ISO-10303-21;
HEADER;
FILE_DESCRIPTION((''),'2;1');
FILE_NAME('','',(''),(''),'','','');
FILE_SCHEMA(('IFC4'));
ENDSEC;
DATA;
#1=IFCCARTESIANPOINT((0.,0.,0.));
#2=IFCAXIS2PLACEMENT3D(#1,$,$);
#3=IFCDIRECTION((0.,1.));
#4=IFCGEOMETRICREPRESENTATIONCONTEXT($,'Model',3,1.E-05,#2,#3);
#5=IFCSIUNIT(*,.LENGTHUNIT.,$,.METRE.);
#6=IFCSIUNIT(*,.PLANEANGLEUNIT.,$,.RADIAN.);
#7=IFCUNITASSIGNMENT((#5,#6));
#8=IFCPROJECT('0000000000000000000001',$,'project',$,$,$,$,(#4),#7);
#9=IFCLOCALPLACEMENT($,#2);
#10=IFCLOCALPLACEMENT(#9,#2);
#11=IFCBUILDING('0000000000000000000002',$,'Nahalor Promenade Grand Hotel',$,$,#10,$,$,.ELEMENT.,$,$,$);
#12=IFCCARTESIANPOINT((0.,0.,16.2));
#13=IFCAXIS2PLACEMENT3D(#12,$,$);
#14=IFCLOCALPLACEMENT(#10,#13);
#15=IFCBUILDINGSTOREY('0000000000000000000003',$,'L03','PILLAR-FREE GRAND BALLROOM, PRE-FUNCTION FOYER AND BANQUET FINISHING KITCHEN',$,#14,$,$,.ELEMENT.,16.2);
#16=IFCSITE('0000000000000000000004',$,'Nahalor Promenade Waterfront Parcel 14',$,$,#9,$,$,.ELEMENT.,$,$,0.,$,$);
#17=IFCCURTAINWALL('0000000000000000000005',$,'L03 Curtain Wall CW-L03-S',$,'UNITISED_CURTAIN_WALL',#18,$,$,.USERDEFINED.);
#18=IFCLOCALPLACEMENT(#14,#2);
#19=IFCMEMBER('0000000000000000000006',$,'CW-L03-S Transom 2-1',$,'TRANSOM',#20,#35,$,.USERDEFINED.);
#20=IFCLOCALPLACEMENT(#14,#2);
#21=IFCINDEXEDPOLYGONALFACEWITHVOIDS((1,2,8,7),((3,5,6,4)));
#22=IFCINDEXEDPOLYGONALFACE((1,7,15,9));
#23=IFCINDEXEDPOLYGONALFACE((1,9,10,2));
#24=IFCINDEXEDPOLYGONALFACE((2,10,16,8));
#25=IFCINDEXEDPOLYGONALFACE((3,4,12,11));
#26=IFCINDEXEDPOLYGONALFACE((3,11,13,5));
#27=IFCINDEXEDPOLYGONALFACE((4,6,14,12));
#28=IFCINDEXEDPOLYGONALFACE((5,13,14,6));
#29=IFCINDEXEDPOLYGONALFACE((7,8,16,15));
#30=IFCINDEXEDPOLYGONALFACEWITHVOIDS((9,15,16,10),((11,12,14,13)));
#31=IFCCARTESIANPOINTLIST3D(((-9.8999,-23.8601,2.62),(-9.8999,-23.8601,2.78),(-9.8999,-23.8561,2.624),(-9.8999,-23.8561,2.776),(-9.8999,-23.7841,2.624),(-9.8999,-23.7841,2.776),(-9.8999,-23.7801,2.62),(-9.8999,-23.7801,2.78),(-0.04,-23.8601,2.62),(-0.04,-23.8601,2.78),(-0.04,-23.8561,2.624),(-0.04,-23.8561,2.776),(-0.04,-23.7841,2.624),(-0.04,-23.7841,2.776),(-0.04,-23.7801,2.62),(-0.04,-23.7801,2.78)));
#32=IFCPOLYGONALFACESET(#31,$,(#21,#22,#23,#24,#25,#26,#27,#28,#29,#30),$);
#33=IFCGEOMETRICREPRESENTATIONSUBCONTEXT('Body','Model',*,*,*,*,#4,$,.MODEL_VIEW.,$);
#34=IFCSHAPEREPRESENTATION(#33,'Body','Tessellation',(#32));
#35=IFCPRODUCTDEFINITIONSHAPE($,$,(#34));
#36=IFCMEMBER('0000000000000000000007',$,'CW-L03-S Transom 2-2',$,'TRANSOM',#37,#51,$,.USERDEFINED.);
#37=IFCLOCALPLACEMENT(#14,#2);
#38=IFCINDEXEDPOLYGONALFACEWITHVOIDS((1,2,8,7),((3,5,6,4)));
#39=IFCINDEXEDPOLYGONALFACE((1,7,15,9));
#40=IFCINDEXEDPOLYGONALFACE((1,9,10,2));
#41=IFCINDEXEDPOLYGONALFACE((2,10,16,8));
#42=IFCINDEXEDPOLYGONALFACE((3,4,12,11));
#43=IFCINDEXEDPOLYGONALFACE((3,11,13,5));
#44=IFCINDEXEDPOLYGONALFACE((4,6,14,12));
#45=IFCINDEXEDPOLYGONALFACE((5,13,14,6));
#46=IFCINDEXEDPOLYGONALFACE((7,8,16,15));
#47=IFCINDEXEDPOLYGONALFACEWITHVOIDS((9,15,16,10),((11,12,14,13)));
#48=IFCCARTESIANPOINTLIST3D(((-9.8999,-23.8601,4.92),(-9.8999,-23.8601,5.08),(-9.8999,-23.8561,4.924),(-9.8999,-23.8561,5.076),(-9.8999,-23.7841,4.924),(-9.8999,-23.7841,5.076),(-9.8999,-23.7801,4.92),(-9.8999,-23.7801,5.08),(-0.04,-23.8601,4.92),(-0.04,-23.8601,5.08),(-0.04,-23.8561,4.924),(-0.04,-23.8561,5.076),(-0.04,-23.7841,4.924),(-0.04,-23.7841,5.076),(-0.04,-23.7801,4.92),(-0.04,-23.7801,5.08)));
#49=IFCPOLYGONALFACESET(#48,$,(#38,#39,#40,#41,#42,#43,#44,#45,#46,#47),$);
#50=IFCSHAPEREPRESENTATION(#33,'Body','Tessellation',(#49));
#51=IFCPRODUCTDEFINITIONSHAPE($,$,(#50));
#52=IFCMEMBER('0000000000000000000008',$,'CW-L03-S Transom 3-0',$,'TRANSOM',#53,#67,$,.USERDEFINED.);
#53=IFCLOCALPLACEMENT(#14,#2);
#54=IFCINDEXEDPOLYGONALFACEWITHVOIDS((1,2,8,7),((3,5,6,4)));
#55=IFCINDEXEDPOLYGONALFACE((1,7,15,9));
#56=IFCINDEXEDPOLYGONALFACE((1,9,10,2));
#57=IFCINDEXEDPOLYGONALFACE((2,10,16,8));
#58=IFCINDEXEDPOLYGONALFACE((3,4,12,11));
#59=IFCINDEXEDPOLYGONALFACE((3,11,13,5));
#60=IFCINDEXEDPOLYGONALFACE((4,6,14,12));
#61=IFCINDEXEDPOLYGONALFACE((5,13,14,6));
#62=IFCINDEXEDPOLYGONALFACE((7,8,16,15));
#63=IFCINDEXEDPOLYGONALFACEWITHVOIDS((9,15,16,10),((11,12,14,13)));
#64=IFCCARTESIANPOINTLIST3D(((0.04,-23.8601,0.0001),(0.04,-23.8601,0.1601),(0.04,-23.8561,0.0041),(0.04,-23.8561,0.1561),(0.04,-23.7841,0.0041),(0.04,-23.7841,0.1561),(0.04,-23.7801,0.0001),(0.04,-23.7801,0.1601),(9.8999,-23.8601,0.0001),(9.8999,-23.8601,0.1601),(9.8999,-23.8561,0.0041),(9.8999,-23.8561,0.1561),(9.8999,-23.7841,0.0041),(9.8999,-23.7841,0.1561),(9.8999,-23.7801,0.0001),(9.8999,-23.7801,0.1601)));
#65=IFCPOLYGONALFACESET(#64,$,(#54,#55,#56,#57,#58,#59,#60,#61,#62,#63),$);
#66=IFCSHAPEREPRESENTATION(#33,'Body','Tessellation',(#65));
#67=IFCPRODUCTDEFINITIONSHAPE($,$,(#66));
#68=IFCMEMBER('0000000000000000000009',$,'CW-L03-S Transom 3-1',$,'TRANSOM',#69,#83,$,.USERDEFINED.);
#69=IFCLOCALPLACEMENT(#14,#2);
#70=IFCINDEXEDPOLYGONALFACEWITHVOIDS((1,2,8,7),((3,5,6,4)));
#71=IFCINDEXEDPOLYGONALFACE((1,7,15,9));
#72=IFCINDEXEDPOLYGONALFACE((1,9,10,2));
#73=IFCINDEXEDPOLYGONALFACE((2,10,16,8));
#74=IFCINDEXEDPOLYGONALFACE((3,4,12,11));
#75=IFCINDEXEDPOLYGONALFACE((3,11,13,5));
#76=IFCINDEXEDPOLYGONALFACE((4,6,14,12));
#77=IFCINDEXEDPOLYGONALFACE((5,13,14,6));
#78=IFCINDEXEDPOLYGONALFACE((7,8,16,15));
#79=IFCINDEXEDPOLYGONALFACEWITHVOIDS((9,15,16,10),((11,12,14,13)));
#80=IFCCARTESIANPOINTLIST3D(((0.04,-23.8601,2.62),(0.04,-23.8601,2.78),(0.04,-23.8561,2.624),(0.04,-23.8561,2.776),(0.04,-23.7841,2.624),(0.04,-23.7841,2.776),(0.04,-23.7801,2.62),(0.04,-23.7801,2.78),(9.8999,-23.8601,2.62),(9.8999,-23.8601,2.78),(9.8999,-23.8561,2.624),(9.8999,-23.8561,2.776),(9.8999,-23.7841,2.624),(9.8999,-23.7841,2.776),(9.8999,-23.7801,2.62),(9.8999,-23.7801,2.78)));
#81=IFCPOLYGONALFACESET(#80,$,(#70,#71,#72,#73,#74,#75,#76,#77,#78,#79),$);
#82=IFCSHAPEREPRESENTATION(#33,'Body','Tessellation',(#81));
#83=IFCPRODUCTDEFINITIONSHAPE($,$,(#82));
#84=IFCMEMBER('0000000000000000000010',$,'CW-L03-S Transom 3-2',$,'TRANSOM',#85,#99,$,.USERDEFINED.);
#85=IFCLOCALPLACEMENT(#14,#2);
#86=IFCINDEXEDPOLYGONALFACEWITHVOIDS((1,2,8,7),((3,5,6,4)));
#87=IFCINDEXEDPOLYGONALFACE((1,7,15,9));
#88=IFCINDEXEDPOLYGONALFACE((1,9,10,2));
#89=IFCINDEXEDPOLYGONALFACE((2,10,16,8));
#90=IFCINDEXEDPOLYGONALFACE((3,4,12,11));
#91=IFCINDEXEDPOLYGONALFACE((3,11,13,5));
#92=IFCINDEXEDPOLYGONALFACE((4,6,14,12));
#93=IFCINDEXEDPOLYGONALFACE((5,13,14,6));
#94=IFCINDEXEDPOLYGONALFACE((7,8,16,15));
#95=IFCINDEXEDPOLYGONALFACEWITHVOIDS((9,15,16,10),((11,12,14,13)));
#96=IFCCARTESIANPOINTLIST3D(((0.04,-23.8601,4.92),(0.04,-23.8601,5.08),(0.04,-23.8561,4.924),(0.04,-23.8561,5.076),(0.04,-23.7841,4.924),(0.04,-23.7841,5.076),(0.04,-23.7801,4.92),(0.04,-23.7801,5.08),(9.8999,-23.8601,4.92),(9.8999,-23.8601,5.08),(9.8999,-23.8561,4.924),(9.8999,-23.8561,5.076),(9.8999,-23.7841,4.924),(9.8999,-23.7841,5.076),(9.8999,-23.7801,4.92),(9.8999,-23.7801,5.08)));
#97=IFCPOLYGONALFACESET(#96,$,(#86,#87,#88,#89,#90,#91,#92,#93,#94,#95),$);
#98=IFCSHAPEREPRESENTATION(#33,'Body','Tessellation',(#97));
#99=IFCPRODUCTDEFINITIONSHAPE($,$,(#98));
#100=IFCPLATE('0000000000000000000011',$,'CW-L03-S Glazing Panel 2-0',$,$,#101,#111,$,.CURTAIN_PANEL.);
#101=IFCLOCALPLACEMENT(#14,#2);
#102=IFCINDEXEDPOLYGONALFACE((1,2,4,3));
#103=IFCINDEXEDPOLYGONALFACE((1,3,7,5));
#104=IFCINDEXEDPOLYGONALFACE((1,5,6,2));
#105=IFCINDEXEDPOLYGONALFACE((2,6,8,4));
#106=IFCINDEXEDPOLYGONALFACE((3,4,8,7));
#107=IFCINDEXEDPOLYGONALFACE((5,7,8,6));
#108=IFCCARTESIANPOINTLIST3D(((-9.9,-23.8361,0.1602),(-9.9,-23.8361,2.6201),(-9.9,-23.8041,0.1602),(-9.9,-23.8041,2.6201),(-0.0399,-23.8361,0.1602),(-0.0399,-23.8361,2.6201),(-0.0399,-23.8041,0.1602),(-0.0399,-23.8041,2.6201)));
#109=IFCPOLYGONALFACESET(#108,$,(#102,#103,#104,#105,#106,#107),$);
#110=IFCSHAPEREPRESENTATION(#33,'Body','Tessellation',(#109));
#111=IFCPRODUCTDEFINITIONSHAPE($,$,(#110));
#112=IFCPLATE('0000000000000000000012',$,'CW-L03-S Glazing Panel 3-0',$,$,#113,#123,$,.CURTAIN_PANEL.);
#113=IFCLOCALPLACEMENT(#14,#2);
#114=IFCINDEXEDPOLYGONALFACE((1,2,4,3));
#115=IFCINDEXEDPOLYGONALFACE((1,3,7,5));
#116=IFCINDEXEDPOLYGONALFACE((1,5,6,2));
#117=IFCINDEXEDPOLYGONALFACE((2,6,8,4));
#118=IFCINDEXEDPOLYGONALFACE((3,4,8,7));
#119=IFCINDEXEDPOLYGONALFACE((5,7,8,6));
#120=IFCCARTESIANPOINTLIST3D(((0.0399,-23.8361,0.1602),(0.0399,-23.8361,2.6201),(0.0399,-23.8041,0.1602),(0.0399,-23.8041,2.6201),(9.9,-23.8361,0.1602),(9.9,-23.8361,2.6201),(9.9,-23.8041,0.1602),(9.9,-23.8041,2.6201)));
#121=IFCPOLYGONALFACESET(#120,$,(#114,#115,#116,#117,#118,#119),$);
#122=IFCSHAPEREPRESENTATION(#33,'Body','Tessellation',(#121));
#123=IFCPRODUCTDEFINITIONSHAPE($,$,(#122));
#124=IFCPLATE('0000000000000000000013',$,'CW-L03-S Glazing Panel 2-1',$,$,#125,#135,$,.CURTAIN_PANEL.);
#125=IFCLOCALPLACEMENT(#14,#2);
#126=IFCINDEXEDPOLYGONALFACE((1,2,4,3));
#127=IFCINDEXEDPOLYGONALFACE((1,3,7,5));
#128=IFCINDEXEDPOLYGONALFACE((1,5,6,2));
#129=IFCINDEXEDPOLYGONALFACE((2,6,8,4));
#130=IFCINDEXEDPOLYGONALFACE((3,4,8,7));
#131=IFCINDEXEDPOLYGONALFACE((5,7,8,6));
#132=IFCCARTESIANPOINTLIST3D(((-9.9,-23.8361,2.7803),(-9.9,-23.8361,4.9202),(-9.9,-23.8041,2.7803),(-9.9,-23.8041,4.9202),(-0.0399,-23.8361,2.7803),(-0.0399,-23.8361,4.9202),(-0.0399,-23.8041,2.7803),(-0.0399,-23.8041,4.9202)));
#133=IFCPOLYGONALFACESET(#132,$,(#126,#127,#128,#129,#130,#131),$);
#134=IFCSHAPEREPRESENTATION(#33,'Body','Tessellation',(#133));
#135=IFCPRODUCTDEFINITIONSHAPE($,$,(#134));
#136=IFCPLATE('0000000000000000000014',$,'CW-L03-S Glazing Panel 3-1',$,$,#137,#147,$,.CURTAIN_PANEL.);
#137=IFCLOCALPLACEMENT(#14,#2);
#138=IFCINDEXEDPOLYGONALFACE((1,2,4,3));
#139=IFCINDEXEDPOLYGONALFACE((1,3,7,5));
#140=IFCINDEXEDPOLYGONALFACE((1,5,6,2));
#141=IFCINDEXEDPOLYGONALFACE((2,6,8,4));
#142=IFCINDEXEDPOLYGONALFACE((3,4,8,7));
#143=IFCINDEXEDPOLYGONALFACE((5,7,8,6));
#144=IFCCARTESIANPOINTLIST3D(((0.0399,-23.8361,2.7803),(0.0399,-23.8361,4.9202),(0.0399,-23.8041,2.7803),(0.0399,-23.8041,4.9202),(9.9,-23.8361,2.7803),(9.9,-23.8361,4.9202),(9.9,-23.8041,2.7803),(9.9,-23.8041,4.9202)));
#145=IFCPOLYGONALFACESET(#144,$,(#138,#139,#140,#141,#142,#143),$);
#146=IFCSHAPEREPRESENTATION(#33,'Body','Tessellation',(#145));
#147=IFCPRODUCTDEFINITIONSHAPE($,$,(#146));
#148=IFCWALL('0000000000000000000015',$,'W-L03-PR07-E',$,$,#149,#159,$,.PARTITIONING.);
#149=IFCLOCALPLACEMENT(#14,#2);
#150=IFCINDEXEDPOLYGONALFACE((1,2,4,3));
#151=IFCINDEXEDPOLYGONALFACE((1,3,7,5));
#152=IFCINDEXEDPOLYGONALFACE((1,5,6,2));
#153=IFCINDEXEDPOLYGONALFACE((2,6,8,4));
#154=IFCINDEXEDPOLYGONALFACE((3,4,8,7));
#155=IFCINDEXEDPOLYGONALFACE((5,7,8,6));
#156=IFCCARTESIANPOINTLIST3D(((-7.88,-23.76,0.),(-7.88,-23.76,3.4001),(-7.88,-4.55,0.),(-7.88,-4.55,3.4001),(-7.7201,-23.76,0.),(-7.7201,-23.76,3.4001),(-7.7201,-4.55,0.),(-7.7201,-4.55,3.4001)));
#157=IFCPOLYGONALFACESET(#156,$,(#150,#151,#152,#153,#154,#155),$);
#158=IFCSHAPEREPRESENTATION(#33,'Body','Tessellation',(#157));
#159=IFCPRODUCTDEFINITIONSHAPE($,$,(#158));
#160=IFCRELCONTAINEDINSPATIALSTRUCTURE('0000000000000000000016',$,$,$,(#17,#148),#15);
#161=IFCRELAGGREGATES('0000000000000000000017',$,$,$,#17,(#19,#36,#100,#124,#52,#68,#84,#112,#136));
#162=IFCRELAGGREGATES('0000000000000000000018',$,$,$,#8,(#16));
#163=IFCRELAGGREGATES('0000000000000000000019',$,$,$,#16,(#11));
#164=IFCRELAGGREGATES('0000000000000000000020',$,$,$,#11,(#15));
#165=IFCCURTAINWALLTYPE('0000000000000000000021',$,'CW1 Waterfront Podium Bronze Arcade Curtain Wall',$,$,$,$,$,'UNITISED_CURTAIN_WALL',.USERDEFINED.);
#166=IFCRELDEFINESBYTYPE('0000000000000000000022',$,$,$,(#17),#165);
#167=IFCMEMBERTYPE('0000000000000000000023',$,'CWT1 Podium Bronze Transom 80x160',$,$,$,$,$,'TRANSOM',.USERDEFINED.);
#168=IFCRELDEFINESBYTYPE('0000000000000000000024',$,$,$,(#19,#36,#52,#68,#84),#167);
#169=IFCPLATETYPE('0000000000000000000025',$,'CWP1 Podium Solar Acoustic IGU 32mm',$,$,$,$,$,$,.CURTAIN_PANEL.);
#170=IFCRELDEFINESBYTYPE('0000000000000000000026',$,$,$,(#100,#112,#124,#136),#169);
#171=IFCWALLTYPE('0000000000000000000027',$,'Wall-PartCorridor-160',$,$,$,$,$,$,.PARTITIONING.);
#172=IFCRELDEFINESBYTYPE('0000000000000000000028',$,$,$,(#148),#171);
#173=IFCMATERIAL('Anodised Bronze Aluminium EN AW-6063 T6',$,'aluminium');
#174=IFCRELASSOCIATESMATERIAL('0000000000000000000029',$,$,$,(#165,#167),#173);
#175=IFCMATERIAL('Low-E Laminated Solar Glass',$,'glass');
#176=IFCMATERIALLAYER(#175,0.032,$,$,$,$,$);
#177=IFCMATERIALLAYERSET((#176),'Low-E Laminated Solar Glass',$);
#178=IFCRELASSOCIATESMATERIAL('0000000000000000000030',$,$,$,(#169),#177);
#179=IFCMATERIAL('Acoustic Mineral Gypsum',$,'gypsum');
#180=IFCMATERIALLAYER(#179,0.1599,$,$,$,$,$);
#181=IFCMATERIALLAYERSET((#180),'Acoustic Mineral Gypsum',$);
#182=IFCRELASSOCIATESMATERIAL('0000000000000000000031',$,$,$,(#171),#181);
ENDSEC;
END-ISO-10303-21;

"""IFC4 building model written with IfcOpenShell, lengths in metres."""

from ifc_helpers import new_model, si_unit, direction, frame, frame_2d, origin, origin_2d, place, context, subcontext, project, spatial, rectangle, hollow_rectangle, extrude, source, transform, mapped, material, layer, layer_set, material_profile, profile_set, type_object, element, aggregate, save


model = new_model("IFC4")

# Units and contexts
model_context = context("Model", 3, precision=1e-05, world=origin(), true_north=direction((0.0, 1.0)))
body_context = subcontext(model_context, "Body", "Model", "MODEL_VIEW")
ifc_project = project(units=[si_unit("LENGTHUNIT", "METRE"), si_unit("PLANEANGLEUNIT", "RADIAN")], contexts=[model_context])

# Site, building, storey
site_placement = place(None, origin())
site = spatial("IfcSite", under=ifc_project, at=site_placement, Name="Nahalor Promenade Waterfront Parcel 14", CompositionType="ELEMENT", RefElevation=0.0)
building_placement = place(site_placement, origin())
building = spatial("IfcBuilding", under=site, at=building_placement, Name="Nahalor Promenade Grand Hotel", CompositionType="ELEMENT")
storey_placement = place(building_placement, frame((0.0, 0.0, 16.2)))
storey = spatial("IfcBuildingStorey", under=building, at=storey_placement, Name="L03", Description="PILLAR-FREE GRAND BALLROOM, PRE-FUNCTION FOYER AND BANQUET FINISHING KITCHEN", CompositionType="ELEMENT", Elevation=16.2)

# Curtain wall, members, plates
ifc_material_1 = material(Name="Anodised Bronze Aluminium EN AW-6063 T6", Category="aluminium")
curtain_wall_type = type_object("IfcCurtainWallType", Name="CW1 Waterfront Podium Bronze Arcade Curtain Wall", ElementType="UNITISED_CURTAIN_WALL", PredefinedType="USERDEFINED", material=ifc_material_1)
curtain_wall_placement = place(storey_placement, origin())
curtain_wall = element("IfcCurtainWall", 1, at=curtain_wall_placement, inside=storey, type_object=curtain_wall_type, Name="L03 Curtain Wall CW-L03-S", ObjectType="UNITISED_CURTAIN_WALL", PredefinedType="USERDEFINED")
ifc_material_profile_1 = material_profile(ifc_material_1, hollow_rectangle(XDim=0.08, YDim=0.16, WallThickness=0.004, at=origin_2d()), Name="CWT 80x160x4")
ifc_profile_set_1 = profile_set([ifc_material_profile_1], Name="Anodised Bronze Aluminium EN AW-6063 T6")
member_type_1 = type_object("IfcMemberType", Name="CWT1 Podium Bronze Transom 80x160", ElementType="TRANSOM", PredefinedType="USERDEFINED", material=ifc_profile_set_1)
shared_shape_1 = source(origin(), body_context, "Body", "SweptSolid", [
    extrude(hollow_rectangle(XDim=0.08, YDim=0.16, WallThickness=0.004, at=origin_2d()), origin(), (0.0, 0.0, 1.0), 9.8599),
])
member_1_placement = place(storey_placement, frame((-9.8999, -23.8201, 2.7), z_axis=(1.0, 0.0, 0.0), x_axis=(0.0, 1.0, 0.0)))
member_1 = element("IfcMember", 2, at=member_1_placement, type_object=member_type_1, Name="CW-L03-S Transom 2-1", ObjectType="TRANSOM", PredefinedType="USERDEFINED", context=body_context, shape_type="MappedRepresentation", body=[
    mapped(shared_shape_1, transform((0.0, 0.0, 0.0), scale=1.0)),
])
member_2_placement = place(storey_placement, frame((-9.8999, -23.8201, 5.0), z_axis=(1.0, 0.0, 0.0), x_axis=(0.0, 1.0, 0.0)))
member_2 = element("IfcMember", 3, at=member_2_placement, type_object=member_type_1, Name="CW-L03-S Transom 2-2", ObjectType="TRANSOM", PredefinedType="USERDEFINED", context=body_context, shape_type="MappedRepresentation", body=[
    mapped(shared_shape_1, transform((0.0, 0.0, 0.0), scale=1.0)),
])
member_3_placement = place(storey_placement, frame((0.04, -23.8201, 0.0801), z_axis=(1.0, 0.0, 0.0), x_axis=(0.0, 1.0, 0.0)))
member_3 = element("IfcMember", 4, at=member_3_placement, type_object=member_type_1, Name="CW-L03-S Transom 3-0", ObjectType="TRANSOM", PredefinedType="USERDEFINED", context=body_context, shape_type="MappedRepresentation", body=[
    mapped(shared_shape_1, transform((0.0, 0.0, 0.0), scale=1.0)),
])
member_4_placement = place(storey_placement, frame((0.04, -23.8201, 2.7), z_axis=(1.0, 0.0, 0.0), x_axis=(0.0, 1.0, 0.0)))
member_4 = element("IfcMember", 5, at=member_4_placement, type_object=member_type_1, Name="CW-L03-S Transom 3-1", ObjectType="TRANSOM", PredefinedType="USERDEFINED", context=body_context, shape_type="MappedRepresentation", body=[
    mapped(shared_shape_1, transform((0.0, 0.0, 0.0), scale=1.0)),
])
member_5_placement = place(storey_placement, frame((0.04, -23.8201, 5.0), z_axis=(1.0, 0.0, 0.0), x_axis=(0.0, 1.0, 0.0)))
member_5 = element("IfcMember", 6, at=member_5_placement, type_object=member_type_1, Name="CW-L03-S Transom 3-2", ObjectType="TRANSOM", PredefinedType="USERDEFINED", context=body_context, shape_type="MappedRepresentation", body=[
    mapped(shared_shape_1, transform((0.0, 0.0, 0.0), scale=1.0)),
])
ifc_material_2 = material(Name="Low-E Laminated Solar Glass", Category="glass")
ifc_layer_1 = layer(ifc_material_2, 0.032)
ifc_layer_set_1 = layer_set([ifc_layer_1], Name="Low-E Laminated Solar Glass")
plate_type = type_object("IfcPlateType", Name="CWP1 Podium Solar Acoustic IGU 32mm", PredefinedType="CURTAIN_PANEL", material=ifc_layer_set_1)
shared_shape_2 = source(origin(), body_context, "Body", "SweptSolid", [
    extrude(rectangle(XDim=9.8601, YDim=0.032, at=origin_2d()), origin(), (0.0, 0.0, 1.0), 2.46),
])
plate_1_placement = place(storey_placement, frame((-4.97, -23.8201, 0.1602), z_axis=(0.0, 0.0, 1.0), x_axis=(1.0, 0.0, 0.0)))
plate_1 = element("IfcPlate", 7, at=plate_1_placement, type_object=plate_type, Name="CW-L03-S Glazing Panel 2-0", PredefinedType="CURTAIN_PANEL", context=body_context, shape_type="MappedRepresentation", body=[
    mapped(shared_shape_2, transform((0.0, 0.0, 0.0), scale=1.0)),
])
plate_2_placement = place(storey_placement, frame((4.97, -23.8201, 0.1602), z_axis=(0.0, 0.0, 1.0), x_axis=(1.0, 0.0, 0.0)))
plate_2 = element("IfcPlate", 8, at=plate_2_placement, type_object=plate_type, Name="CW-L03-S Glazing Panel 3-0", PredefinedType="CURTAIN_PANEL", context=body_context, shape_type="MappedRepresentation", body=[
    mapped(shared_shape_2, transform((0.0, 0.0, 0.0), scale=1.0)),
])
shared_shape_3 = source(origin(), body_context, "Body", "SweptSolid", [
    extrude(rectangle(XDim=9.8601, YDim=0.032, at=origin_2d()), origin(), (0.0, 0.0, 1.0), 2.1399),
])
plate_3_placement = place(storey_placement, frame((-4.97, -23.8201, 2.7803), z_axis=(0.0, 0.0, 1.0), x_axis=(1.0, 0.0, 0.0)))
plate_3 = element("IfcPlate", 9, at=plate_3_placement, type_object=plate_type, Name="CW-L03-S Glazing Panel 2-1", PredefinedType="CURTAIN_PANEL", context=body_context, shape_type="MappedRepresentation", body=[
    mapped(shared_shape_3, transform((0.0, 0.0, 0.0), scale=1.0)),
])
plate_4_placement = place(storey_placement, frame((4.97, -23.8201, 2.7803), z_axis=(0.0, 0.0, 1.0), x_axis=(1.0, 0.0, 0.0)))
plate_4 = element("IfcPlate", 10, at=plate_4_placement, type_object=plate_type, Name="CW-L03-S Glazing Panel 3-1", PredefinedType="CURTAIN_PANEL", context=body_context, shape_type="MappedRepresentation", body=[
    mapped(shared_shape_3, transform((0.0, 0.0, 0.0), scale=1.0)),
])
aggregate(curtain_wall, [member_1, member_2, plate_1, plate_3, member_3, member_4, member_5, plate_2, plate_4])

# Wall
ifc_material_3 = material(Name="Acoustic Mineral Gypsum", Category="gypsum")
ifc_layer_2 = layer(ifc_material_3, 0.1599)
ifc_layer_set_2 = layer_set([ifc_layer_2], Name="Acoustic Mineral Gypsum")
wall_type = type_object("IfcWallType", Name="Wall-PartCorridor-160", PredefinedType="PARTITIONING", material=ifc_layer_set_2)
shared_shape_4 = source(origin(), body_context, "Body", "SweptSolid", [
    extrude(rectangle(XDim=19.21, YDim=0.1599, at=frame_2d((9.605, 0.0))), origin(), (0.0, 0.0, 1.0), 3.4001),
])
wall_placement = place(storey_placement, frame((-7.8, -23.76, 0.0), z_axis=(0.0, 0.0, 1.0), x_axis=(0.0, 1.0, 0.0)))
element("IfcWall", 11, at=wall_placement, inside=storey, type_object=wall_type, Name="W-L03-PR07-E", PredefinedType="PARTITIONING", context=body_context, shape_type="MappedRepresentation", body=[
    mapped(shared_shape_4, transform((0.0, 0.0, 0.0), scale=1.0)),
])

save(model, "model.ifc")
